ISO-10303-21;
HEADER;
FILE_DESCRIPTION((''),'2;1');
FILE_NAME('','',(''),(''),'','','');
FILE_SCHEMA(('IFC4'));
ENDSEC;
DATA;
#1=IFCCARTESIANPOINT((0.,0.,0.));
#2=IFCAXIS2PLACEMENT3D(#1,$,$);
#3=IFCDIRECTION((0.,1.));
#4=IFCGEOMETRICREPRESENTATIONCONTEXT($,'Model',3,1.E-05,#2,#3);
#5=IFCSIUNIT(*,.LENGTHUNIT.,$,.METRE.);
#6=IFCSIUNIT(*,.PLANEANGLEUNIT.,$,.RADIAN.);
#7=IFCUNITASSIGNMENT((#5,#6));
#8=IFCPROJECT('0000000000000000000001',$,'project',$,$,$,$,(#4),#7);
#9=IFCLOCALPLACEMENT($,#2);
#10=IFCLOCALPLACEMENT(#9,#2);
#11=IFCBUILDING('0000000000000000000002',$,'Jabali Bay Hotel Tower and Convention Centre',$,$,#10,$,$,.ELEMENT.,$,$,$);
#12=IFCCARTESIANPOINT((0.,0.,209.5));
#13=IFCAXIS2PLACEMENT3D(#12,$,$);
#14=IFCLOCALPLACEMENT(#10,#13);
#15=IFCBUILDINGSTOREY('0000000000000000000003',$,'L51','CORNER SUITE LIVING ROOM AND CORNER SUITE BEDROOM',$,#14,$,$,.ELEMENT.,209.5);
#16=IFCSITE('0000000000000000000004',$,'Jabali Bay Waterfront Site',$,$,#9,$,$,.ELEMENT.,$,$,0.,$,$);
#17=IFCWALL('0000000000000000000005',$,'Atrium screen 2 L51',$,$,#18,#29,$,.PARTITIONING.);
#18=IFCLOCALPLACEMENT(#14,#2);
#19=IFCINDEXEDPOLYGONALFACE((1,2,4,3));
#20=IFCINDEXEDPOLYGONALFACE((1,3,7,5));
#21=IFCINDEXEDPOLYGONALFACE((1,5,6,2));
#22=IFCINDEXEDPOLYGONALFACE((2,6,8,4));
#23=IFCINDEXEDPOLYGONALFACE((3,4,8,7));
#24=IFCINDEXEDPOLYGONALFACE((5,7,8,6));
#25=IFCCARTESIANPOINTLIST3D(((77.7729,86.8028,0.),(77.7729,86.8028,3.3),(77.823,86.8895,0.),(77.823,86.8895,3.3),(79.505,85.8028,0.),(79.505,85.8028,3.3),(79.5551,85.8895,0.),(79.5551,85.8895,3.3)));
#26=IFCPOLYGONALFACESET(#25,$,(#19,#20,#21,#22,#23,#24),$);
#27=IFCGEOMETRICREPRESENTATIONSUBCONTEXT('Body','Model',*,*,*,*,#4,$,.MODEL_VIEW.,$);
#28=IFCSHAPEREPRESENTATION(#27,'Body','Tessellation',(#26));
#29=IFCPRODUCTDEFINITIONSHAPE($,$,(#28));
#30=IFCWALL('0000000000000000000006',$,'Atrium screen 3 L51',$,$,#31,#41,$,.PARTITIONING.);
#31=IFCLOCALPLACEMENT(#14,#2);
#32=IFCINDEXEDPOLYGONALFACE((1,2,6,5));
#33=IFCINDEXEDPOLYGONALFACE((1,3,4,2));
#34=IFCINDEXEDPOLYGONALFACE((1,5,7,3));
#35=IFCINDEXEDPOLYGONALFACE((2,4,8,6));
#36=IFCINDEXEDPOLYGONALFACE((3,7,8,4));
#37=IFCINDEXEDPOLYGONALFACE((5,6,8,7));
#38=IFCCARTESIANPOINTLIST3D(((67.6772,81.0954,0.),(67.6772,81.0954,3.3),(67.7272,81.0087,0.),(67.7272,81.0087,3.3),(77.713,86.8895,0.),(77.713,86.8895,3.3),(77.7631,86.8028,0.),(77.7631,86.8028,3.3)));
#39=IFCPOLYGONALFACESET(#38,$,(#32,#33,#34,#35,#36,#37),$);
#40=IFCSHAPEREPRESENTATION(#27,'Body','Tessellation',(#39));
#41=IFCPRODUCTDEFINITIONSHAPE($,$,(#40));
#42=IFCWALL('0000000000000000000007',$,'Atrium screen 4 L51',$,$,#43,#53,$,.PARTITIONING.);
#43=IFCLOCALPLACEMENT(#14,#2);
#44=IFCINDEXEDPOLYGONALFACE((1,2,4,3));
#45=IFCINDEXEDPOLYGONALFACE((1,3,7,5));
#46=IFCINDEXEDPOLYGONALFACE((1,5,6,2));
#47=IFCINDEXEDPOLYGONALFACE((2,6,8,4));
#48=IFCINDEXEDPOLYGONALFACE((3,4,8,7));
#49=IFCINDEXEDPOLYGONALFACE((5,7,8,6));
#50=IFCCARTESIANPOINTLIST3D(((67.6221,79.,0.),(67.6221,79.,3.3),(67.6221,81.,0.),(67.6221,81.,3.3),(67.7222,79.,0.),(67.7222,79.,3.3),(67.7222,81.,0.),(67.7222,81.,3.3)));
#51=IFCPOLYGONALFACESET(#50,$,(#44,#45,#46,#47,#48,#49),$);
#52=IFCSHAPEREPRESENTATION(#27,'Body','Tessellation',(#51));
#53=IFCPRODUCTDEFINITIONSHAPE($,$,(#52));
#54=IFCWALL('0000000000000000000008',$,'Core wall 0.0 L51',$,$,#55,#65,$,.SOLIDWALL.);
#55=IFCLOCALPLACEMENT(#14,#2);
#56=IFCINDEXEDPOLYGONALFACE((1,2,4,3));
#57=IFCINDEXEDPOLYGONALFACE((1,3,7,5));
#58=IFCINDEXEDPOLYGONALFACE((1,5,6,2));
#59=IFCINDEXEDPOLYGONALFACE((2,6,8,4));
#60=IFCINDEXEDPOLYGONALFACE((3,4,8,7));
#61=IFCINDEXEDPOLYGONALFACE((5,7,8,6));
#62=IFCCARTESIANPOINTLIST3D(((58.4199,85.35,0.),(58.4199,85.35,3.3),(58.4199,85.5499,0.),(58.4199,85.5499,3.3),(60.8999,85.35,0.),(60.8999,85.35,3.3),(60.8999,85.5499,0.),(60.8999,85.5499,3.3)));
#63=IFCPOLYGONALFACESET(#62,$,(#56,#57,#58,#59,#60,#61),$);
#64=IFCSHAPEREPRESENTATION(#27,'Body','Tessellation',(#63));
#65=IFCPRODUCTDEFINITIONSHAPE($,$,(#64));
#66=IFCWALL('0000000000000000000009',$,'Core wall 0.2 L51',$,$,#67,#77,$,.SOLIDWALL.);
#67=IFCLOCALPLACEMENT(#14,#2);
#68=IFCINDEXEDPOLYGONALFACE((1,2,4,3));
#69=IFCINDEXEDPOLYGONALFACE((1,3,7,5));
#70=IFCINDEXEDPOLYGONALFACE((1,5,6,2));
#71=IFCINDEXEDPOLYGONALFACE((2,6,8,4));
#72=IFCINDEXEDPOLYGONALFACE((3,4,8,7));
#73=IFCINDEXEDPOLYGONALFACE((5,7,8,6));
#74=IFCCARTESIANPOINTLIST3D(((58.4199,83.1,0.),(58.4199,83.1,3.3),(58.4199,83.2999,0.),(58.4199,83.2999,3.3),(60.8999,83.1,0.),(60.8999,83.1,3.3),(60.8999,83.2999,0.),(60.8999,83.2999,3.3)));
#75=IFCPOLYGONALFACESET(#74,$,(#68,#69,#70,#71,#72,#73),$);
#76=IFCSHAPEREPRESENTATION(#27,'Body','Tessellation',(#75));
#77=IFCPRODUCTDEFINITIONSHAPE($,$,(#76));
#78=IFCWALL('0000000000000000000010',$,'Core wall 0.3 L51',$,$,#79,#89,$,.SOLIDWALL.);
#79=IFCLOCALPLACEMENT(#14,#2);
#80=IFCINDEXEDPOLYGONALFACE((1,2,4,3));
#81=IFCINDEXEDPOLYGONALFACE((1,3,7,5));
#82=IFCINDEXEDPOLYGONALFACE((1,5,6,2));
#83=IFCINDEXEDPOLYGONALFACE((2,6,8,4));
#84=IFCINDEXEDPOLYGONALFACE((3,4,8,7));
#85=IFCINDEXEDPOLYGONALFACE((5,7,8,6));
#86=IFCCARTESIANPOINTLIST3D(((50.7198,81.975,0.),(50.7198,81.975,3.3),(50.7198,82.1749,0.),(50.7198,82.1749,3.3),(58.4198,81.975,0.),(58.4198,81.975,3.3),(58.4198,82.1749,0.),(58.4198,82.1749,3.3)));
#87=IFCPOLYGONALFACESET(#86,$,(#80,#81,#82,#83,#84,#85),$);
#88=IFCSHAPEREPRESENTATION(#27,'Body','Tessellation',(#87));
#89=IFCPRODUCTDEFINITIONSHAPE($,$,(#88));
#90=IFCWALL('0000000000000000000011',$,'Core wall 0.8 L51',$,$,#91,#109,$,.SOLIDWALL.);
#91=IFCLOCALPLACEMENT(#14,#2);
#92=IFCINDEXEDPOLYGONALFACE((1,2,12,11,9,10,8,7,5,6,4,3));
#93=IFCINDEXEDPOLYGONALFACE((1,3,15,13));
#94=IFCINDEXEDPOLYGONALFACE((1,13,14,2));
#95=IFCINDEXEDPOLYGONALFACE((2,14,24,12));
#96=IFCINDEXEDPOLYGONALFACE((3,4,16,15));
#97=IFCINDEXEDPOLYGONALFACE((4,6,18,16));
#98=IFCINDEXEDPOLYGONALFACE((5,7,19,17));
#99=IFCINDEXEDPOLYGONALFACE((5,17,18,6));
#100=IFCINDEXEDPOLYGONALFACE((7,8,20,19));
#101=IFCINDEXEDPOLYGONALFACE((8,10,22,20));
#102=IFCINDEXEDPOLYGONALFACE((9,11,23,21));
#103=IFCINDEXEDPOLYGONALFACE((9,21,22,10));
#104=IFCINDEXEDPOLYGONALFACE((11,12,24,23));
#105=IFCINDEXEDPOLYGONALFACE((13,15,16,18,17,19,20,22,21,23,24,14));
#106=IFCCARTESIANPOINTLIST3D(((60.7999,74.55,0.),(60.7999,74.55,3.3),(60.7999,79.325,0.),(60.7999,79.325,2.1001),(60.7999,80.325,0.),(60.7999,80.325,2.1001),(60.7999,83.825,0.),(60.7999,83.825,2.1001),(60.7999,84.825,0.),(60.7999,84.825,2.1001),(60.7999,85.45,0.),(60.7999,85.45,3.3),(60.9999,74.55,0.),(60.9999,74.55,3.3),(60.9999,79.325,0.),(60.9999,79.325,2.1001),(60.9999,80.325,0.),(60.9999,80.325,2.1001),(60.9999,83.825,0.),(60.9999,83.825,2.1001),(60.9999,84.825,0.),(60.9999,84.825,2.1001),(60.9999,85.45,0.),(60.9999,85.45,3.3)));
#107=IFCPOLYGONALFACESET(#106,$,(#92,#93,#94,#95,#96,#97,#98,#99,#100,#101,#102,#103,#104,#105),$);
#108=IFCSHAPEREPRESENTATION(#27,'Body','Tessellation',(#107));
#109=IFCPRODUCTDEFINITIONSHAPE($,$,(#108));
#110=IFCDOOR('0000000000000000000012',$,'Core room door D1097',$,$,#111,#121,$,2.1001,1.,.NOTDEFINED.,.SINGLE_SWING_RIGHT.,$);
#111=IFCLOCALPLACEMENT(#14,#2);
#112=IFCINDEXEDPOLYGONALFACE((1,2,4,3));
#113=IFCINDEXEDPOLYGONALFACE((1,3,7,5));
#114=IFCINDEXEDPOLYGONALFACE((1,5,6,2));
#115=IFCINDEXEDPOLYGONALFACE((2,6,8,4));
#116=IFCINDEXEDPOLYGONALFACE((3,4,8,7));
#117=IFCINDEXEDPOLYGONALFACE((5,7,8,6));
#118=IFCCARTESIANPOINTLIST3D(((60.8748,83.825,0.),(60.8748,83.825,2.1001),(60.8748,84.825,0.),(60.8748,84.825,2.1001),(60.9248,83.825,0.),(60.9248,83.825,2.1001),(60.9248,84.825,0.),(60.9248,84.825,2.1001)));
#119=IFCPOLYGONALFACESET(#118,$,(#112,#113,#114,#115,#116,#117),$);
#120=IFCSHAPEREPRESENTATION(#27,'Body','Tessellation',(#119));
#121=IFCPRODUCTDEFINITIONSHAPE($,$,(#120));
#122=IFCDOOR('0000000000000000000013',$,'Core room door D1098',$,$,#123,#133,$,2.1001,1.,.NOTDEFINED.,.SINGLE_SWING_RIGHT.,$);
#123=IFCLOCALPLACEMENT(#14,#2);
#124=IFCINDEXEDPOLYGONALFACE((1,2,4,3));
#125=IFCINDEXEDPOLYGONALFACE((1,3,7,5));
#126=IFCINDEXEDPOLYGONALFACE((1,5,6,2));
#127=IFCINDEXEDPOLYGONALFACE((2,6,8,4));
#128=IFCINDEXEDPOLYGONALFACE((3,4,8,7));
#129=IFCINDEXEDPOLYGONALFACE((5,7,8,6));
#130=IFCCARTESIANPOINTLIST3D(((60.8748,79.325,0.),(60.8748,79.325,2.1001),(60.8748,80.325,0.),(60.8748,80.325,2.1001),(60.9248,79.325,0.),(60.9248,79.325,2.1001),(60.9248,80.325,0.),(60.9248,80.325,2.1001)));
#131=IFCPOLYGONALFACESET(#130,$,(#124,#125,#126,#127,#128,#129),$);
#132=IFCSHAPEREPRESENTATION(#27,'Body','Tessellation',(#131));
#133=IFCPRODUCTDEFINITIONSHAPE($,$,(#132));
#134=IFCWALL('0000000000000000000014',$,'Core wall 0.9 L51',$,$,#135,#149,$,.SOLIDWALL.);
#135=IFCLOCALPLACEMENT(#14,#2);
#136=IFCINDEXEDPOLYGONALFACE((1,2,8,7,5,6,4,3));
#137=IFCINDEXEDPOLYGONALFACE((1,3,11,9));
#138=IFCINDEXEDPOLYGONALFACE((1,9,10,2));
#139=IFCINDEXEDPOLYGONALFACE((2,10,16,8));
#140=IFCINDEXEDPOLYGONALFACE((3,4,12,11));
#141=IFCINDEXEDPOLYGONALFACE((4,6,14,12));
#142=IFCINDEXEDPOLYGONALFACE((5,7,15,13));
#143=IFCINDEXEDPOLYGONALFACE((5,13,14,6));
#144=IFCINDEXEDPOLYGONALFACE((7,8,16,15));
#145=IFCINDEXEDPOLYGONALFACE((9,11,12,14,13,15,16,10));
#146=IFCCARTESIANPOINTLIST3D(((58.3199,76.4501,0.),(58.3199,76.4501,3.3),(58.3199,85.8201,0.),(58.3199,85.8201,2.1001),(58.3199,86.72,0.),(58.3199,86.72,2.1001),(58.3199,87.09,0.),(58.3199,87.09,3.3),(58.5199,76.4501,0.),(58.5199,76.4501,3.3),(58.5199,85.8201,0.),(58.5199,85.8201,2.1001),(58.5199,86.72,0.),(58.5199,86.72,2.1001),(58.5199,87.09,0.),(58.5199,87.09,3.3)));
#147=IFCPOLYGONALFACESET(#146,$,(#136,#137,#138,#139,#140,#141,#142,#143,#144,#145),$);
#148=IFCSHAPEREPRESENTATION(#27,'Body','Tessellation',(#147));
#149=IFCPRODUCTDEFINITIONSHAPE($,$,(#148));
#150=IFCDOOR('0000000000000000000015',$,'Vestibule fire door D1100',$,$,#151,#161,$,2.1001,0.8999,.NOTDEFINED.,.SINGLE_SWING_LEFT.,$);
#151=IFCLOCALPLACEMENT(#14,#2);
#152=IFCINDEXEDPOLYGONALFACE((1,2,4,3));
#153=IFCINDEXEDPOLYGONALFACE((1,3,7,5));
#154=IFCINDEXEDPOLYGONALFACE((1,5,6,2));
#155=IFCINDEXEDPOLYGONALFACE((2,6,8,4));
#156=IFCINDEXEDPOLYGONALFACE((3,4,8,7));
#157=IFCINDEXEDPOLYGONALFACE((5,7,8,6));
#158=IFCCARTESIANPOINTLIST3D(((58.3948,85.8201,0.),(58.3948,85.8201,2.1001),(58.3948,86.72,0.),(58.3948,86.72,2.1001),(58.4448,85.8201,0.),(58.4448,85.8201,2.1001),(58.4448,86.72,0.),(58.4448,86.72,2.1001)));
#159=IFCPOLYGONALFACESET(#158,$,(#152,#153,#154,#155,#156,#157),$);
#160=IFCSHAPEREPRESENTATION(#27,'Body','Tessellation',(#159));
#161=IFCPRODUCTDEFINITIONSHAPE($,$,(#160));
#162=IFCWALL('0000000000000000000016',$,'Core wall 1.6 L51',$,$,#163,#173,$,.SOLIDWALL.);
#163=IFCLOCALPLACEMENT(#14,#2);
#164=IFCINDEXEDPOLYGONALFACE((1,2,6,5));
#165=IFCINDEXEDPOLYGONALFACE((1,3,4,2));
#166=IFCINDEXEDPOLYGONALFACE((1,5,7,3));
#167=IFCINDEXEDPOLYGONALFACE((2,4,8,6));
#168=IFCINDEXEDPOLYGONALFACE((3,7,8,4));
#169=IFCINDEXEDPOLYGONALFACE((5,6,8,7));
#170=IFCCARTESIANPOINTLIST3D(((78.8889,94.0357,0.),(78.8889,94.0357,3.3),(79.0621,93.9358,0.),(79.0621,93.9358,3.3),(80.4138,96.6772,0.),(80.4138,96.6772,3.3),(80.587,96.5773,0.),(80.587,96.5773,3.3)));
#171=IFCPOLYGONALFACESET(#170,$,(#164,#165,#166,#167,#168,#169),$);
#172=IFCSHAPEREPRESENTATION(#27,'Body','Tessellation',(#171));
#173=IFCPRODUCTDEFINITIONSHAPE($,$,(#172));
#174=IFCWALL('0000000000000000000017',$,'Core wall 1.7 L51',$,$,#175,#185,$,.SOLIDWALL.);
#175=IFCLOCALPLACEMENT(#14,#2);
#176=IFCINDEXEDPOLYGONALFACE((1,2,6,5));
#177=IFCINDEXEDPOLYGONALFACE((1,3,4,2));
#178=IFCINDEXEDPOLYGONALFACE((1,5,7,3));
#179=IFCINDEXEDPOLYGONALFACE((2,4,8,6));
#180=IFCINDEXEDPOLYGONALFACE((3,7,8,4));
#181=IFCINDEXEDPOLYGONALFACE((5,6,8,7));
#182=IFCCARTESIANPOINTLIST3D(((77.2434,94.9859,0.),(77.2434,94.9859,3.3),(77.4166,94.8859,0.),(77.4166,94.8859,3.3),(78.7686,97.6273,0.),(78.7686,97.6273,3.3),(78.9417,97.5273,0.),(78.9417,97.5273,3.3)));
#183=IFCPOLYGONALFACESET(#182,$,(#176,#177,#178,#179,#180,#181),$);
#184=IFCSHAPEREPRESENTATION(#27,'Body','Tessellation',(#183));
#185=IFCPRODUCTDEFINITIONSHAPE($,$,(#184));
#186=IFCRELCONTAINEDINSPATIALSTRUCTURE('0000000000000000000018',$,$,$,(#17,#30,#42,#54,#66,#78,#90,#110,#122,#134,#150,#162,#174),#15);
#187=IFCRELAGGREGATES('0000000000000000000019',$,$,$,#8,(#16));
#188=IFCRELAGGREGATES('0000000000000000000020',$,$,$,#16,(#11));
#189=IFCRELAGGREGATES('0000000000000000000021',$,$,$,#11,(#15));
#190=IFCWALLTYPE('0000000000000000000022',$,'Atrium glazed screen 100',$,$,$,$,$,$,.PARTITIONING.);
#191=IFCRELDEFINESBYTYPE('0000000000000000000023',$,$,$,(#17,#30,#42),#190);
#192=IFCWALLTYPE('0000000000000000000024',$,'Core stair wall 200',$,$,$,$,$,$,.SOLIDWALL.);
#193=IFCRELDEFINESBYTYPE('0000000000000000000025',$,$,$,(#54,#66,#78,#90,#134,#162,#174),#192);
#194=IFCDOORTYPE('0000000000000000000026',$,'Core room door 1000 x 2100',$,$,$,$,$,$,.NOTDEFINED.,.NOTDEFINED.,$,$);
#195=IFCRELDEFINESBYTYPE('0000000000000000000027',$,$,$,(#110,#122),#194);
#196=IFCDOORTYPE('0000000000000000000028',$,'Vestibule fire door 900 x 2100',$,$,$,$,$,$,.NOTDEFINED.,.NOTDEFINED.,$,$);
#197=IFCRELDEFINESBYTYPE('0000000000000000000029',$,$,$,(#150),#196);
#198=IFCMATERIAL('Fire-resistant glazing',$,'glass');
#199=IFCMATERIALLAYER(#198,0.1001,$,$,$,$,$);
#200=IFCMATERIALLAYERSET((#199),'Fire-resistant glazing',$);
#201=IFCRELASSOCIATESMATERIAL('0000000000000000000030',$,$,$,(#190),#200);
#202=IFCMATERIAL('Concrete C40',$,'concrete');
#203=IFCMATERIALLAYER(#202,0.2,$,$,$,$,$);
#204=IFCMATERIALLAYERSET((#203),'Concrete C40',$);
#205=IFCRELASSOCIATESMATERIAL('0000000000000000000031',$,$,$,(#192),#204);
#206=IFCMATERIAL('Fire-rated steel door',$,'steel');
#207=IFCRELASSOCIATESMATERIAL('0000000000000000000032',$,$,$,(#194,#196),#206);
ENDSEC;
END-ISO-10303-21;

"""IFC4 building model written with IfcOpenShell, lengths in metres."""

from ifc_helpers import new_model, si_unit, direction, frame, frame_2d, origin, place, context, subcontext, project, spatial, rectangle, extrude, material, layer, layer_set, type_object, element, fill, save


model = new_model("IFC4")

# Units and contexts
model_context = context("Model", 3, precision=1e-05, world=origin(), true_north=direction((0.0, 1.0)))
body_context = subcontext(model_context, "Body", "Model", "MODEL_VIEW")
ifc_project = project(units=[si_unit("LENGTHUNIT", "METRE"), si_unit("PLANEANGLEUNIT", "RADIAN")], contexts=[model_context])

# Site, building, storey
site_placement = place(None, origin())
site = spatial("IfcSite", under=ifc_project, at=site_placement, Name="Jabali Bay Waterfront Site", CompositionType="ELEMENT", RefElevation=0.0)
building_placement = place(site_placement, origin())
building = spatial("IfcBuilding", under=site, at=building_placement, Name="Jabali Bay Hotel Tower and Convention Centre", CompositionType="ELEMENT")
storey_placement = place(building_placement, frame((0.0, 0.0, 209.5)))
storey = spatial("IfcBuildingStorey", under=building, at=storey_placement, Name="L51", Description="CORNER SUITE LIVING ROOM AND CORNER SUITE BEDROOM", CompositionType="ELEMENT", Elevation=209.5)

# Walls
ifc_material_1 = material(Name="Fire-resistant glazing", Category="glass")
ifc_layer_1 = layer(ifc_material_1, 0.1001)
ifc_layer_set_1 = layer_set([ifc_layer_1], Name="Fire-resistant glazing")
wall_type_1 = type_object("IfcWallType", Name="Atrium glazed screen 100", PredefinedType="PARTITIONING", material=ifc_layer_set_1)
wall_1_placement = place(storey_placement, frame((79.53, 85.8462, 0.0), z_axis=(0.0, 0.0, 1.0), x_axis=(-0.866041, 0.499973, 0.0)))
element("IfcWall", 1, at=wall_1_placement, inside=storey, type_object=wall_type_1, Name="Atrium screen 2 L51", PredefinedType="PARTITIONING", context=body_context, shape_type="SweptSolid", body=[
    extrude(rectangle(XDim=2.0, YDim=0.1001, at=frame_2d((1.0, 0.0))), origin(), (0.0, 0.0, 1.0), 3.3),
])
wall_2_placement = place(storey_placement, frame((77.738, 86.8462, 0.0), z_axis=(0.0, 0.0, 1.0), x_axis=(-0.866027, -0.499998, 0.0)))
element("IfcWall", 2, at=wall_2_placement, inside=storey, type_object=wall_type_1, Name="Atrium screen 3 L51", PredefinedType="PARTITIONING", context=body_context, shape_type="SweptSolid", body=[
    extrude(rectangle(XDim=11.5884, YDim=0.1001, at=frame_2d((5.7942, 0.0))), origin(), (0.0, 0.0, 1.0), 3.3),
])
wall_3_placement = place(storey_placement, frame((67.6721, 81.0, 0.0), z_axis=(0.0, 0.0, 1.0), x_axis=(0.0, -1.0, 0.0)))
element("IfcWall", 3, at=wall_3_placement, inside=storey, type_object=wall_type_1, Name="Atrium screen 4 L51", PredefinedType="PARTITIONING", context=body_context, shape_type="SweptSolid", body=[
    extrude(rectangle(XDim=2.0, YDim=0.1001, at=frame_2d((1.0, 0.0))), origin(), (0.0, 0.0, 1.0), 3.3),
])
ifc_material_2 = material(Name="Concrete C40", Category="concrete")
ifc_layer_2 = layer(ifc_material_2, 0.2)
ifc_layer_set_2 = layer_set([ifc_layer_2], Name="Concrete C40")
wall_type_2 = type_object("IfcWallType", Name="Core stair wall 200", PredefinedType="SOLIDWALL", material=ifc_layer_set_2)
for number, where, z_axis, x_axis, name in (
    (4, (60.8999, 85.45, 0.0), (0.0, 0.0, 1.0), (-1.0, 0.0, 0.0), "Core wall 0.0 L51"),
    (5, (60.8999, 83.2, 0.0), (0.0, 0.0, 1.0), (-1.0, 0.0, 0.0), "Core wall 0.2 L51"),
):
    element("IfcWall", number, at=place(storey_placement, frame(where, z_axis=z_axis, x_axis=x_axis)), inside=storey, type_object=wall_type_2, Name=name, PredefinedType="SOLIDWALL", context=body_context, shape_type="SweptSolid", body=[
        extrude(rectangle(XDim=2.48, YDim=0.2, at=frame_2d((1.24, 0.0))), origin(), (0.0, 0.0, 1.0), 3.3),
    ])
wall_4_placement = place(storey_placement, frame((58.4199, 82.075, 0.0), z_axis=(0.0, 0.0, 1.0), x_axis=(-1.0, 0.0, 0.0)))
element("IfcWall", 6, at=wall_4_placement, inside=storey, type_object=wall_type_2, Name="Core wall 0.3 L51", PredefinedType="SOLIDWALL", context=body_context, shape_type="SweptSolid", body=[
    extrude(rectangle(XDim=7.7, YDim=0.2, at=frame_2d((3.8501, 0.0))), origin(), (0.0, 0.0, 1.0), 3.3),
])

# Wall, openings, doors
wall_5_placement = place(storey_placement, frame((60.8999, 85.45, 0.0), z_axis=(0.0, 0.0, 1.0), x_axis=(0.0, -1.0, 0.0)))
wall_5 = element("IfcWall", 7, at=wall_5_placement, inside=storey, type_object=wall_type_2, Name="Core wall 0.8 L51", PredefinedType="SOLIDWALL", context=body_context, shape_type="SweptSolid", body=[
    extrude(rectangle(XDim=10.8999, YDim=0.2, at=frame_2d((5.45, 0.0))), origin(), (0.0, 0.0, 1.0), 3.3),
])
opening_1_placement = place(wall_5_placement, frame((0.625, 0.0, 0.0)))
opening_1 = element("IfcOpeningElement", 8, at=opening_1_placement, cuts=wall_5, PredefinedType="OPENING", context=body_context, shape_type="SweptSolid", body=[
    extrude(rectangle(XDim=1.0, YDim=2.1001, at=frame_2d((0.5, 1.05))), frame((0.0, 0.1104, 0.0), z_axis=(0.0, -1.0, 0.0), x_axis=(1.0, 0.0, 0.0)), (0.0, 0.0, 1.0), 0.2209),
])
opening_2_placement = place(wall_5_placement, frame((5.125, 0.0, 0.0)))
opening_2 = element("IfcOpeningElement", 9, at=opening_2_placement, cuts=wall_5, PredefinedType="OPENING", context=body_context, shape_type="SweptSolid", body=[
    extrude(rectangle(XDim=1.0, YDim=2.1001, at=frame_2d((0.5, 1.05))), frame((0.0, 0.1104, 0.0), z_axis=(0.0, -1.0, 0.0), x_axis=(1.0, 0.0, 0.0)), (0.0, 0.0, 1.0), 0.2209),
])
ifc_material_3 = material(Name="Fire-rated steel door", Category="steel")
door_type_1 = type_object("IfcDoorType", Name="Core room door 1000 x 2100", OperationType="NOTDEFINED", PredefinedType="NOTDEFINED", material=ifc_material_3)
door_1_placement = place(opening_1_placement, origin())
door_1 = element("IfcDoor", 10, at=door_1_placement, inside=storey, type_object=door_type_1, Name="Core room door D1097", OperationType="SINGLE_SWING_RIGHT", OverallHeight=2.1001, OverallWidth=1.0, PredefinedType="NOTDEFINED", context=body_context, shape_type="SweptSolid", body=[
    extrude(rectangle(XDim=1.0, YDim=2.1001, at=frame_2d((0.5, 1.05))), frame((0.0, 0.0249, 0.0), z_axis=(0.0, -1.0, 0.0), x_axis=(1.0, 0.0, 0.0)), (0.0, 0.0, 1.0), 0.05),
])
fill(opening_1, door_1)
door_2_placement = place(opening_2_placement, origin())
door_2 = element("IfcDoor", 11, at=door_2_placement, inside=storey, type_object=door_type_1, Name="Core room door D1098", OperationType="SINGLE_SWING_RIGHT", OverallHeight=2.1001, OverallWidth=1.0, PredefinedType="NOTDEFINED", context=body_context, shape_type="SweptSolid", body=[
    extrude(rectangle(XDim=1.0, YDim=2.1001, at=frame_2d((0.5, 1.05))), frame((0.0, 0.0249, 0.0), z_axis=(0.0, -1.0, 0.0), x_axis=(1.0, 0.0, 0.0)), (0.0, 0.0, 1.0), 0.05),
])
fill(opening_2, door_2)

# Wall, opening, door
wall_6_placement = place(storey_placement, frame((58.4199, 87.0898, 0.0), z_axis=(0.0, 0.0, 1.0), x_axis=(0.0, -1.0, 0.0)))
wall_6 = element("IfcWall", 12, at=wall_6_placement, inside=storey, type_object=wall_type_2, Name="Core wall 0.9 L51", PredefinedType="SOLIDWALL", context=body_context, shape_type="SweptSolid", body=[
    extrude(rectangle(XDim=10.6399, YDim=0.2, at=frame_2d((5.3198, 0.0))), origin(), (0.0, 0.0, 1.0), 3.3),
])
opening_3_placement = place(wall_6_placement, frame((0.3699, 0.0, 0.0)))
opening_3 = element("IfcOpeningElement", 13, at=opening_3_placement, cuts=wall_6, PredefinedType="OPENING", context=body_context, shape_type="SweptSolid", body=[
    extrude(rectangle(XDim=0.8999, YDim=2.1001, at=frame_2d((0.45, 1.05))), frame((0.0, 0.1104, 0.0), z_axis=(0.0, -1.0, 0.0), x_axis=(1.0, 0.0, 0.0)), (0.0, 0.0, 1.0), 0.2209),
])
door_type_2 = type_object("IfcDoorType", Name="Vestibule fire door 900 x 2100", OperationType="NOTDEFINED", PredefinedType="NOTDEFINED", material=ifc_material_3)
door_3_placement = place(opening_3_placement, origin())
door_3 = element("IfcDoor", 14, at=door_3_placement, inside=storey, type_object=door_type_2, Name="Vestibule fire door D1100", OperationType="SINGLE_SWING_LEFT", OverallHeight=2.1001, OverallWidth=0.8999, PredefinedType="NOTDEFINED", context=body_context, shape_type="SweptSolid", body=[
    extrude(rectangle(XDim=0.8999, YDim=2.1001, at=frame_2d((0.45, 1.05))), frame((0.0, 0.0249, 0.0), z_axis=(0.0, -1.0, 0.0), x_axis=(1.0, 0.0, 0.0)), (0.0, 0.0, 1.0), 0.05),
])
fill(opening_3, door_3)

# Walls
for number, where, z_axis, x_axis, name in (
    (15, (78.9756, 93.9858, 0.0), (0.0, 0.0, 1.0), (0.499944, 0.866058, 0.0), "Core wall 1.6 L51"),
    (16, (77.3301, 94.936, 0.0), (0.0, 0.0, 1.0), (0.500039, 0.866003, 0.0), "Core wall 1.7 L51"),
):
    element("IfcWall", number, at=place(storey_placement, frame(where, z_axis=z_axis, x_axis=x_axis)), inside=storey, type_object=wall_type_2, Name=name, PredefinedType="SOLIDWALL", context=body_context, shape_type="SweptSolid", body=[
        extrude(rectangle(XDim=3.05, YDim=0.2, at=frame_2d((1.5249, 0.0))), origin(), (0.0, 0.0, 1.0), 3.3),
    ])

save(model, "model.ifc")
